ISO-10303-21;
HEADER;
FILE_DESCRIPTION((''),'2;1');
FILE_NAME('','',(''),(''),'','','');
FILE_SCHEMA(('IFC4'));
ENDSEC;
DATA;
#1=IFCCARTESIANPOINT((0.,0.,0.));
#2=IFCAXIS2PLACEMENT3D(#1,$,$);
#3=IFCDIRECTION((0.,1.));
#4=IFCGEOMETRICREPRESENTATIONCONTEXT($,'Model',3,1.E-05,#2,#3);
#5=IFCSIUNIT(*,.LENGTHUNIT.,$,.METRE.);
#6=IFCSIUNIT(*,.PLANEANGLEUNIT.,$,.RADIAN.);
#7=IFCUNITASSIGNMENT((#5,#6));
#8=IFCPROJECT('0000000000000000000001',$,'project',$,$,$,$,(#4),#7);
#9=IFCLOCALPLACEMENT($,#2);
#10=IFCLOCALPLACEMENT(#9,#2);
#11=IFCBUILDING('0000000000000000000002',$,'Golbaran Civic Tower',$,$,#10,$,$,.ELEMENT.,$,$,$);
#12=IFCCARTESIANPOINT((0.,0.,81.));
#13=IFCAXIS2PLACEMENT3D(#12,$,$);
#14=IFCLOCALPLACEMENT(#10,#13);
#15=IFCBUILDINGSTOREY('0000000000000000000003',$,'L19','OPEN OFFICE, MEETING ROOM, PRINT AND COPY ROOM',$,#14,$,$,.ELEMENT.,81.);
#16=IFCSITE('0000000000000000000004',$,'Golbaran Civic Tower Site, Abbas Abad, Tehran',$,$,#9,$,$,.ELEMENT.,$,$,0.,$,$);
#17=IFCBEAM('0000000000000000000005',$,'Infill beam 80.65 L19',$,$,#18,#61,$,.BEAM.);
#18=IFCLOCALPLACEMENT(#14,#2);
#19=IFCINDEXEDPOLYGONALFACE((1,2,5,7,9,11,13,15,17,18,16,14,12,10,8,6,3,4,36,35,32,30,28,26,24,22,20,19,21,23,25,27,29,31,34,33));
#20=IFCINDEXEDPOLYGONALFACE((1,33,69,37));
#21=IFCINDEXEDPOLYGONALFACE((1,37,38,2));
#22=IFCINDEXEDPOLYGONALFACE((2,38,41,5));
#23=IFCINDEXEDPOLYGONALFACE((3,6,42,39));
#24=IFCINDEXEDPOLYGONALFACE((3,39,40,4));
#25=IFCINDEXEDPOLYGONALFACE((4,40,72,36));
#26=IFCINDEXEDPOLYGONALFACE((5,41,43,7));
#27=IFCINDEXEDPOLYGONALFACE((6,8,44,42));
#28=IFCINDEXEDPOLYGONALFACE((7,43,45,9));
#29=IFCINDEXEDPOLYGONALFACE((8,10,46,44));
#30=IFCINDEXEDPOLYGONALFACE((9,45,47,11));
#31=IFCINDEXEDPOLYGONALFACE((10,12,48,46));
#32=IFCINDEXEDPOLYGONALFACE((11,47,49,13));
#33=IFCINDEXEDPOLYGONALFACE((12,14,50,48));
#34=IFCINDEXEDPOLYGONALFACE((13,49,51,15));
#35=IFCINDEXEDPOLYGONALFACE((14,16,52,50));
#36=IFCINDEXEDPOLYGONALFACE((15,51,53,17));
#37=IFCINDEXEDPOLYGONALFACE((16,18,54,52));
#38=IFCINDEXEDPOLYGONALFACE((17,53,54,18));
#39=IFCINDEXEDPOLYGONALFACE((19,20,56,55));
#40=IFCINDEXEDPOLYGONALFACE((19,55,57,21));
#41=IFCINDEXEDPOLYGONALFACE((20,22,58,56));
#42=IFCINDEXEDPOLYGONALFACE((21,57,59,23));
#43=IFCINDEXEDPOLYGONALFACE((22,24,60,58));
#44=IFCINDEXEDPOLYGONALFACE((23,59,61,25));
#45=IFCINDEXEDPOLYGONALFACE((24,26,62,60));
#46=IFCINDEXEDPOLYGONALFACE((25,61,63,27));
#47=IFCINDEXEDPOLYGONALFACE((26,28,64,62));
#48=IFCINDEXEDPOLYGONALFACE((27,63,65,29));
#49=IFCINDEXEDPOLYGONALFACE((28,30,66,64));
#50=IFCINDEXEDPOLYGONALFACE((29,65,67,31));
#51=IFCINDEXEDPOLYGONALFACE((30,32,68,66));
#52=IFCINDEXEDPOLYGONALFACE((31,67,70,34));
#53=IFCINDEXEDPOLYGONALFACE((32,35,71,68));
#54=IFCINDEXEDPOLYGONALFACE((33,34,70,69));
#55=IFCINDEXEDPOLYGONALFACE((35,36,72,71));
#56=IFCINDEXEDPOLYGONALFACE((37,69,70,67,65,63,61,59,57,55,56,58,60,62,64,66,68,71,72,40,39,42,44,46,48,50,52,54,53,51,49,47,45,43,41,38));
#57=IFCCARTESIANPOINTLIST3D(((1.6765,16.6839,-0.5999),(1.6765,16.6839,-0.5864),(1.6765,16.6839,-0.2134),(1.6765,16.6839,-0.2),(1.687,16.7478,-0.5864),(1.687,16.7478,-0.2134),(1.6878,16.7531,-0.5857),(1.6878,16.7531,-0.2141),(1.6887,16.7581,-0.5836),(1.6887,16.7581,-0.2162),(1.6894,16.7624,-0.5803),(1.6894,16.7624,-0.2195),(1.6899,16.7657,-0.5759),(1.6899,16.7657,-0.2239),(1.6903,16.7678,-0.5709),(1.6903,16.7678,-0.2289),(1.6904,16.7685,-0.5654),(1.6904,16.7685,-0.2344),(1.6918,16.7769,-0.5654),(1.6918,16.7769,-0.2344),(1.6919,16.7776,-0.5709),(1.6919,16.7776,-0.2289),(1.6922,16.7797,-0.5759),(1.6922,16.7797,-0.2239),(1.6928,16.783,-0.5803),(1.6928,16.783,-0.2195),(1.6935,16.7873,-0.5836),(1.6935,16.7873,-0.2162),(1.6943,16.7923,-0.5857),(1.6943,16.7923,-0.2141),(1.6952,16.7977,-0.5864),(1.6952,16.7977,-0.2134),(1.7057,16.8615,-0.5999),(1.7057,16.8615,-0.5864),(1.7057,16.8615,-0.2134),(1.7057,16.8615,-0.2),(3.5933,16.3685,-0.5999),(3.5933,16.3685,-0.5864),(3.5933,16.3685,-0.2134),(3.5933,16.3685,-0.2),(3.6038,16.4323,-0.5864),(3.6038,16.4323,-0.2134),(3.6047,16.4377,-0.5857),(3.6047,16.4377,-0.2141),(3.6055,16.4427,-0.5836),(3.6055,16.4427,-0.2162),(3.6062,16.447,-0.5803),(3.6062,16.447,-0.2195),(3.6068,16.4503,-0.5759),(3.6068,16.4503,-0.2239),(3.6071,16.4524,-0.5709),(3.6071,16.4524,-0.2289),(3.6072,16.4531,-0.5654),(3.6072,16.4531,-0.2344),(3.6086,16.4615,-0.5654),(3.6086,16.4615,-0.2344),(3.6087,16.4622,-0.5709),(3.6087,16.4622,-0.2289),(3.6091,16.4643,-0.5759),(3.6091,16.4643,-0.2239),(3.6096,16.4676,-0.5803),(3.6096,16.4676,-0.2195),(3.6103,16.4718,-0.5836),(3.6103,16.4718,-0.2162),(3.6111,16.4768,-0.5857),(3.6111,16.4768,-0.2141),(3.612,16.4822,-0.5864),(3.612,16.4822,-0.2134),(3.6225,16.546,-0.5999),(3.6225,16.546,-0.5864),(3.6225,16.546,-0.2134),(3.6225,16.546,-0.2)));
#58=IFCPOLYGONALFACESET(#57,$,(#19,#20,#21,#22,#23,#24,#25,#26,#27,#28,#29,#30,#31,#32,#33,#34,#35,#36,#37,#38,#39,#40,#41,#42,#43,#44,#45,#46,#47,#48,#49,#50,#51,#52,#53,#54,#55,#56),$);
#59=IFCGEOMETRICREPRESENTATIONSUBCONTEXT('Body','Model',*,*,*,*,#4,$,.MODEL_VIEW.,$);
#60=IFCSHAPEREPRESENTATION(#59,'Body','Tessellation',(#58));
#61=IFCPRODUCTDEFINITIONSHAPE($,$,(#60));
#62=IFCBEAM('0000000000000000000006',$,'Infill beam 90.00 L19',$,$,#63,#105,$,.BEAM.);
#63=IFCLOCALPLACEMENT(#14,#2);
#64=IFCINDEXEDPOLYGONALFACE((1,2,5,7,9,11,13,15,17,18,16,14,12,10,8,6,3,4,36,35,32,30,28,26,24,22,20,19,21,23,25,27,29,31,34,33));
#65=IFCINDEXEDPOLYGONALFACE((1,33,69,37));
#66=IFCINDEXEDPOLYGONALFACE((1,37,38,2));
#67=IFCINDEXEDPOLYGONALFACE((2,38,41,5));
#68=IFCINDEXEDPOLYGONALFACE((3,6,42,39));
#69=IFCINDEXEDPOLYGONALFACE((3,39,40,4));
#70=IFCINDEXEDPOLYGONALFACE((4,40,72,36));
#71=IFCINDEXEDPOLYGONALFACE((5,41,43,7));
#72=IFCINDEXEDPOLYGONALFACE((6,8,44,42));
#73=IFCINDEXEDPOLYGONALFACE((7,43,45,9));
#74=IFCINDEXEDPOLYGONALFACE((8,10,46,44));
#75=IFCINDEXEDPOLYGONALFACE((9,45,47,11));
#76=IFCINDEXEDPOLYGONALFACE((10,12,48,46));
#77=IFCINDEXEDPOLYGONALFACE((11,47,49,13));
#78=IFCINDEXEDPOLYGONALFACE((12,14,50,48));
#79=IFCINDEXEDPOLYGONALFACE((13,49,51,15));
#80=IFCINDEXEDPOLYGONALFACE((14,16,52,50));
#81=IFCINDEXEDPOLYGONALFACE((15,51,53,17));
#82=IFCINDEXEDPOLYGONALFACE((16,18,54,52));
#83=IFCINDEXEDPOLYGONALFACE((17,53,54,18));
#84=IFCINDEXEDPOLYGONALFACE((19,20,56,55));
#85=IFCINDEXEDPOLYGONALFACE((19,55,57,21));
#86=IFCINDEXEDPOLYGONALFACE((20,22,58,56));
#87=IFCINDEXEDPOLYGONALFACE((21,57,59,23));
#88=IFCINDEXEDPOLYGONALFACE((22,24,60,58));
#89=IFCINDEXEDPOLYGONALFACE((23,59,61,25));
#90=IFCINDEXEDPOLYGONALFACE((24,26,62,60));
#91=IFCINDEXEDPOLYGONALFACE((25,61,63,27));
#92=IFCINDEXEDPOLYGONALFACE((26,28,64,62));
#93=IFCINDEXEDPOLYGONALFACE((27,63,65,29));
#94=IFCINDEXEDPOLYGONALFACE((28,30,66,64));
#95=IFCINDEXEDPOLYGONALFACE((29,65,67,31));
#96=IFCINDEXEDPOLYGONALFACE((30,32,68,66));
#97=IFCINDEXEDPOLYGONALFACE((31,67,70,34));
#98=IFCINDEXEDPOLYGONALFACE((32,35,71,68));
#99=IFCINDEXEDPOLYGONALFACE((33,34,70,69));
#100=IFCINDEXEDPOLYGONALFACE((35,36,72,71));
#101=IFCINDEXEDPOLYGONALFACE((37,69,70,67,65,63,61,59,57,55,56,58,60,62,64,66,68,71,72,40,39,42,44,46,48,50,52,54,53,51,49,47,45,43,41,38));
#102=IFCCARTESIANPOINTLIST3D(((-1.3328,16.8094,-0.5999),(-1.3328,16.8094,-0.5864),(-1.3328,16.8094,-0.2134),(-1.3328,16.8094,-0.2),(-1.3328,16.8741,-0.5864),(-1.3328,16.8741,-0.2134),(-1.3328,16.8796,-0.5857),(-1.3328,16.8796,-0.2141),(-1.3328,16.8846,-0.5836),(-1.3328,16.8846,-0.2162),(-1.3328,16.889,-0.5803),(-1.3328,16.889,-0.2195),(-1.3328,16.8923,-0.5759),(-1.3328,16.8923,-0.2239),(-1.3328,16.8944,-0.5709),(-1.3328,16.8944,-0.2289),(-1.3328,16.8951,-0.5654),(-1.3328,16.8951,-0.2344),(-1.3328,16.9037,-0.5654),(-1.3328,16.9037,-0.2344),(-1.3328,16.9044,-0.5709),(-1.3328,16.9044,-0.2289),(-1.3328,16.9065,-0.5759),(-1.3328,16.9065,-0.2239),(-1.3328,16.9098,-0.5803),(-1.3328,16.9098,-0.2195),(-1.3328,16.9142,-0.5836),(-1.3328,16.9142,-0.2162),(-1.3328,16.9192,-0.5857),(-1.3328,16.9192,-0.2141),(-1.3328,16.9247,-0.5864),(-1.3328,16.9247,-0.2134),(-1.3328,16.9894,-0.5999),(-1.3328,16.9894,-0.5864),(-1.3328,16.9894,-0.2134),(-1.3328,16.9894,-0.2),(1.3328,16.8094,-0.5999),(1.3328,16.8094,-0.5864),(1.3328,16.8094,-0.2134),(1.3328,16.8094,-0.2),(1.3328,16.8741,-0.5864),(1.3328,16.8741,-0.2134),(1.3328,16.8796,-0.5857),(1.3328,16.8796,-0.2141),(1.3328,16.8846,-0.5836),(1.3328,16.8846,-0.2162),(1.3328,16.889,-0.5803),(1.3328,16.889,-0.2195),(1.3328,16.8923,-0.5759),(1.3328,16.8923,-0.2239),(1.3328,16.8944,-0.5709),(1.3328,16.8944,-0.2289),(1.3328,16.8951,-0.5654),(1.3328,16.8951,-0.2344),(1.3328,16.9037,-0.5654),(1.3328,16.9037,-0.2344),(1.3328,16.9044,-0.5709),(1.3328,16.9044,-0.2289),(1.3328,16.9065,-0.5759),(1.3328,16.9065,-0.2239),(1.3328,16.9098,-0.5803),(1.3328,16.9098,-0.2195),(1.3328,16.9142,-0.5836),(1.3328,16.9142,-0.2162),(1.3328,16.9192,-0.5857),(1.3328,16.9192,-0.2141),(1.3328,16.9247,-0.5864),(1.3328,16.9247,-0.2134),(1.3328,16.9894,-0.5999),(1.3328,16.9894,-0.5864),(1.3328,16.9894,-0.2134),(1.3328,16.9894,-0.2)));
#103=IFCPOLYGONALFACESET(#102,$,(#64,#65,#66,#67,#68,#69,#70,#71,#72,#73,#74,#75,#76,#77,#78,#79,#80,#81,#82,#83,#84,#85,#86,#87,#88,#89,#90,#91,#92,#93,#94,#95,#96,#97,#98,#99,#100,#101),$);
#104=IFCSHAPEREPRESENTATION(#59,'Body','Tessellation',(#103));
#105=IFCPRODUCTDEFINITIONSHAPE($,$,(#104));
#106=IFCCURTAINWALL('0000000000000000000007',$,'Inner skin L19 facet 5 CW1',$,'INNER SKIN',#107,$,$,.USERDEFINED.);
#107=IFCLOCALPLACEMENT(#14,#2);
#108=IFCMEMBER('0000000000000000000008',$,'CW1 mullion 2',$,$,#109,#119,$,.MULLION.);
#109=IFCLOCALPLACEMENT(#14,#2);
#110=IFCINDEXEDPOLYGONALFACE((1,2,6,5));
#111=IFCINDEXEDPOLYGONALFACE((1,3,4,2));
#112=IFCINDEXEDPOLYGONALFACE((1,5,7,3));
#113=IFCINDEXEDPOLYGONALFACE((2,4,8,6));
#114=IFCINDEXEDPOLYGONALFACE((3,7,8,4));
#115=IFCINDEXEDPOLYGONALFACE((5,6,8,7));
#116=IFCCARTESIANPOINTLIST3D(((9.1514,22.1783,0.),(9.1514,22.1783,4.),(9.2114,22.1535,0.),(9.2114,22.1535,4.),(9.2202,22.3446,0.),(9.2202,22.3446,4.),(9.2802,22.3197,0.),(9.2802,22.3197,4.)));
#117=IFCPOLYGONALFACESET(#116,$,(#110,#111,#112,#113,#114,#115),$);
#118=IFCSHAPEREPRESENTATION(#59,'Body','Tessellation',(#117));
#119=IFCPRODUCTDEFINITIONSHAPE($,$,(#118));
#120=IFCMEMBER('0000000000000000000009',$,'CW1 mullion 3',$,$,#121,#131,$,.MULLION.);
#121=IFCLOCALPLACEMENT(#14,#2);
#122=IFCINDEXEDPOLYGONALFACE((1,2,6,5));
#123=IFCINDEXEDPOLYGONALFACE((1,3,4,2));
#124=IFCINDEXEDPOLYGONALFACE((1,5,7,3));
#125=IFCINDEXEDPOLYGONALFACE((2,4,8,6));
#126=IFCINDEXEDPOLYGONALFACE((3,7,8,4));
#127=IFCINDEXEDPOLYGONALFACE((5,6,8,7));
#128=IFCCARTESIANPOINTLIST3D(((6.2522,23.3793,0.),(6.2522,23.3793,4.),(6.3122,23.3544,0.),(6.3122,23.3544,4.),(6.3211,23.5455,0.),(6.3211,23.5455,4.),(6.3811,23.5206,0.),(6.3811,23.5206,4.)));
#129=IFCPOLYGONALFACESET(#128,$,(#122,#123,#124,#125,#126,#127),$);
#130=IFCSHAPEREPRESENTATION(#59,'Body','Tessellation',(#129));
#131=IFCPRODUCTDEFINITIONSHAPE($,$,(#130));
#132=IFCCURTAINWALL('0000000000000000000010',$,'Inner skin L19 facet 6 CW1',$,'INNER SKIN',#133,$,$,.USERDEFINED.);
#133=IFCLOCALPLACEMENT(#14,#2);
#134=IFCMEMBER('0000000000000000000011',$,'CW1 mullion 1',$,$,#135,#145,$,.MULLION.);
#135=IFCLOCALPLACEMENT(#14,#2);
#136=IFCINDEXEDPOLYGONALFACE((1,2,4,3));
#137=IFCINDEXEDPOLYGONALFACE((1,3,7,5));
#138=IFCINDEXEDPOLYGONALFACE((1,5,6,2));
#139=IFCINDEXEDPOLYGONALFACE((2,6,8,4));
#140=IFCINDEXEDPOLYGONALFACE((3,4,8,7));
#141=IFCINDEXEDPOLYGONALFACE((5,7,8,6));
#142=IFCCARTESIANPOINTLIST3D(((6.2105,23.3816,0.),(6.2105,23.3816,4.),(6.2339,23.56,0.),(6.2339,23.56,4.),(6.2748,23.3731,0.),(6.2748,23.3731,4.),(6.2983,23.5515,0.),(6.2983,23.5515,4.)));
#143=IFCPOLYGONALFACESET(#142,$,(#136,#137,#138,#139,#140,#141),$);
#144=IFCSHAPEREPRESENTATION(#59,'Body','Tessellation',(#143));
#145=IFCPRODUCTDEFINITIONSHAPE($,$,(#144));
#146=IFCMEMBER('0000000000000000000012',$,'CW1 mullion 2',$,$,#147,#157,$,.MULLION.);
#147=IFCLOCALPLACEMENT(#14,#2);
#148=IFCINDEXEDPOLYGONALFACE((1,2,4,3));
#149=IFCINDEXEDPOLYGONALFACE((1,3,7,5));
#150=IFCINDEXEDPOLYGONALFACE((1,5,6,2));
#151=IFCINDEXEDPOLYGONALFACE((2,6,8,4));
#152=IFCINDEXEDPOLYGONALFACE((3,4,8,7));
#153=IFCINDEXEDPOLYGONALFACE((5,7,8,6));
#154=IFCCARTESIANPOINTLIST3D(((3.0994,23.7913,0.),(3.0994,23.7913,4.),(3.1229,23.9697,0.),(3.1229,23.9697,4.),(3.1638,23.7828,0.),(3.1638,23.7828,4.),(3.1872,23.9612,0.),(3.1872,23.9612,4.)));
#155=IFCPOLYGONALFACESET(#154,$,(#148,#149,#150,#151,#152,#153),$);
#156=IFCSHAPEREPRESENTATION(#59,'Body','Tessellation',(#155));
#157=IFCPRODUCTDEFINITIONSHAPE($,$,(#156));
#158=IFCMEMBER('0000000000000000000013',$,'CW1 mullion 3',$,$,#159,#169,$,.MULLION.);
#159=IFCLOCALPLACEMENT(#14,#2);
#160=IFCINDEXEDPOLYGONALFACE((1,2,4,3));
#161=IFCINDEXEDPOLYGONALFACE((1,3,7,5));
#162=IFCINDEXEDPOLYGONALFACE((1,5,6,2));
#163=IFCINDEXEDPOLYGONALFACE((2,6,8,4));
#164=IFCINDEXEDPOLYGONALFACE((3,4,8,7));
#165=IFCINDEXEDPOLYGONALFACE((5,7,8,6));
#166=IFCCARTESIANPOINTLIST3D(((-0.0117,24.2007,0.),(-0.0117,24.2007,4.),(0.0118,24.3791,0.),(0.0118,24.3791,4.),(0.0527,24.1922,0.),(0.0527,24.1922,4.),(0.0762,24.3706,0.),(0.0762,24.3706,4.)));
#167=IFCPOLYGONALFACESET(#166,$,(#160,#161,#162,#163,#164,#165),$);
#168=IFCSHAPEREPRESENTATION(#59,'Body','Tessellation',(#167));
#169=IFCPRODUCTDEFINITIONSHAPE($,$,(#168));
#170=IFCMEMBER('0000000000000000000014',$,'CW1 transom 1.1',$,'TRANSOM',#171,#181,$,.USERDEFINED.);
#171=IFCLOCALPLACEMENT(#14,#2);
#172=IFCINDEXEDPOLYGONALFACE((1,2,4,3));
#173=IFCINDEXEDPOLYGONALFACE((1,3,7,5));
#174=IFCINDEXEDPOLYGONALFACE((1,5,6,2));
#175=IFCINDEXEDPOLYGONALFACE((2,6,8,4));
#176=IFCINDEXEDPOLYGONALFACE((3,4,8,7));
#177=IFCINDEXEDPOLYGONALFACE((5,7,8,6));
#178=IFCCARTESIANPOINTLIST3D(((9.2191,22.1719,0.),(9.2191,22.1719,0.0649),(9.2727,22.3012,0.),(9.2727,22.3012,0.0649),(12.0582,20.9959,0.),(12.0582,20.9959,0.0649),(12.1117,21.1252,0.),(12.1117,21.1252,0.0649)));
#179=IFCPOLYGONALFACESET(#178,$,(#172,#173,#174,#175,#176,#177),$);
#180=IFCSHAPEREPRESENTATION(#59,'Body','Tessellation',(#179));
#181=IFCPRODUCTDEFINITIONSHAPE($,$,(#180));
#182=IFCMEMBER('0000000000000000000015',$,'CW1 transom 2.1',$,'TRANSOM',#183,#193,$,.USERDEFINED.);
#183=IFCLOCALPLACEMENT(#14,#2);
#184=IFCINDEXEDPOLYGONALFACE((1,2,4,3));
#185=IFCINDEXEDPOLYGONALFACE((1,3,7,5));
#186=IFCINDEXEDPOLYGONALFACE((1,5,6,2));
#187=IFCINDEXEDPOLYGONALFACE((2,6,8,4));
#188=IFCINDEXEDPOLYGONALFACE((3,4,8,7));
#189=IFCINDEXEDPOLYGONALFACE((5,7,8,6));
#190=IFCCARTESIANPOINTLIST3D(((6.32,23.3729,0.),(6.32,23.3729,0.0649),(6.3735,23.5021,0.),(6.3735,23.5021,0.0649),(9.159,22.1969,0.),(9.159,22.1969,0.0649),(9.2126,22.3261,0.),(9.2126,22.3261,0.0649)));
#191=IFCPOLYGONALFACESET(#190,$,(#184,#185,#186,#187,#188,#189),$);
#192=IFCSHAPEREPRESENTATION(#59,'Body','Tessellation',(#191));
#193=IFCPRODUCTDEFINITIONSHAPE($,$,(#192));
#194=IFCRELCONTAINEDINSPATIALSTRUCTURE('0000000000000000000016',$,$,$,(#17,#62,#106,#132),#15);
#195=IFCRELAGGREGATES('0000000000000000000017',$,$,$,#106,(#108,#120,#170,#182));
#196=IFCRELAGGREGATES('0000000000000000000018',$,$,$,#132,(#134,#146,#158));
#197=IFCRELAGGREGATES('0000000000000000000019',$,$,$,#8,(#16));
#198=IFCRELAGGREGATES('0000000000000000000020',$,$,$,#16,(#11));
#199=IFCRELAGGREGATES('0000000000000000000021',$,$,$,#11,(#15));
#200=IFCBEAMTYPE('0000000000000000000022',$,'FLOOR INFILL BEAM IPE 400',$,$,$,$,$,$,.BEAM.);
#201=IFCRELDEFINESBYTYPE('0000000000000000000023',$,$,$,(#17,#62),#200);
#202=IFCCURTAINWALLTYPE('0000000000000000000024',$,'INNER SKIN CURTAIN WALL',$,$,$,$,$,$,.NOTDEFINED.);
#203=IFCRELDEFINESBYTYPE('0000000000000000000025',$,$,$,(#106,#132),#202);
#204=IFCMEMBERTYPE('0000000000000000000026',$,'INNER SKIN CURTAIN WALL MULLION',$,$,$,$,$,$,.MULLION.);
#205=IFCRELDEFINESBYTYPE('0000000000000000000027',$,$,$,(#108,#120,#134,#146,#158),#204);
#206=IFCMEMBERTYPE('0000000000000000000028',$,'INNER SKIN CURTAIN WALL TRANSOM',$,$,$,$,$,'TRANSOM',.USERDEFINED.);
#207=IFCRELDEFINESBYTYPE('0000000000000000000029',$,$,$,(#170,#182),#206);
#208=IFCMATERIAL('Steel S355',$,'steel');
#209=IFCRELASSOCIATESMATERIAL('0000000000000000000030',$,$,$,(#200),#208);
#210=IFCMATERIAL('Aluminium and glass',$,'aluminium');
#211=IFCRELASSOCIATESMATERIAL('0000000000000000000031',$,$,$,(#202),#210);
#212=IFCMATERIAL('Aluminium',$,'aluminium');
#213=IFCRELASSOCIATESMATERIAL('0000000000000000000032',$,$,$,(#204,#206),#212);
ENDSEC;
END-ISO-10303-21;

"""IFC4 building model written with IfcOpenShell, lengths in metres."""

from ifc_helpers import new_model, si_unit, direction, frame, origin, origin_2d, place, context, subcontext, project, spatial, rectangle, i_section, extrude, material, material_profile, profile_set, type_object, element, aggregate, save


model = new_model("IFC4")

# Units and contexts
model_context = context("Model", 3, precision=1e-05, world=origin(), true_north=direction((0.0, 1.0)))
body_context = subcontext(model_context, "Body", "Model", "MODEL_VIEW")
ifc_project = project(units=[si_unit("LENGTHUNIT", "METRE"), si_unit("PLANEANGLEUNIT", "RADIAN")], contexts=[model_context])

# Site, building, storey
site_placement = place(None, origin())
site = spatial("IfcSite", under=ifc_project, at=site_placement, Name="Golbaran Civic Tower Site, Abbas Abad, Tehran", CompositionType="ELEMENT", RefElevation=0.0)
building_placement = place(site_placement, origin())
building = spatial("IfcBuilding", under=site, at=building_placement, Name="Golbaran Civic Tower", CompositionType="ELEMENT")
storey_placement = place(building_placement, frame((0.0, 0.0, 81.0)))
storey = spatial("IfcBuildingStorey", under=building, at=storey_placement, Name="L19", Description="OPEN OFFICE, MEETING ROOM, PRINT AND COPY ROOM", CompositionType="ELEMENT", Elevation=81.0)

# Beams
ifc_material_1 = material(Name="Steel S355", Category="steel")
ifc_material_profile_1 = material_profile(ifc_material_1, i_section(OverallWidth=0.1799, OverallDepth=0.3999, WebThickness=0.0085, FlangeThickness=0.0134, FilletRadius=0.021, at=origin_2d()), Name="IPE 400")
ifc_profile_set_1 = profile_set([ifc_material_profile_1], Name="Steel S355")
beam_type_1 = type_object("IfcBeamType", Name="FLOOR INFILL BEAM IPE 400", PredefinedType="BEAM", material=ifc_profile_set_1)
beam_1_placement = place(storey_placement, frame((3.6079, 16.4573, -0.3999), z_axis=(-0.986728, 0.162381, 0.0), x_axis=(-0.162381, -0.986728, 0.0)))
element("IfcBeam", 1, at=beam_1_placement, inside=storey, type_object=beam_type_1, Name="Infill beam 80.65 L19", PredefinedType="BEAM", context=body_context, shape_type="SweptSolid", body=[
    extrude(i_section(OverallWidth=0.1799, OverallDepth=0.3999, WebThickness=0.0085, FlangeThickness=0.0134, FilletRadius=0.021, at=origin_2d()), origin(), (0.0, 0.0, 1.0), 1.9426),
])
beam_2_placement = place(storey_placement, frame((1.3328, 16.8994, -0.3999), z_axis=(-1.0, 0.0, 0.0), x_axis=(0.0, -1.0, 0.0)))
element("IfcBeam", 2, at=beam_2_placement, inside=storey, type_object=beam_type_1, Name="Infill beam 90.00 L19", PredefinedType="BEAM", context=body_context, shape_type="SweptSolid", body=[
    extrude(i_section(OverallWidth=0.1799, OverallDepth=0.3999, WebThickness=0.0085, FlangeThickness=0.0134, FilletRadius=0.021, at=origin_2d()), origin(), (0.0, 0.0, 1.0), 2.6655),
])

# Curtain walls, members
ifc_material_2 = material(Name="Aluminium and glass", Category="aluminium")
curtain_wall_type = type_object("IfcCurtainWallType", Name="INNER SKIN CURTAIN WALL", PredefinedType="NOTDEFINED", material=ifc_material_2)
curtain_wall_1_placement = place(storey_placement, origin())
curtain_wall_1 = element("IfcCurtainWall", 3, at=curtain_wall_1_placement, inside=storey, type_object=curtain_wall_type, Name="Inner skin L19 facet 5 CW1", ObjectType="INNER SKIN", PredefinedType="USERDEFINED")
ifc_material_3 = material(Name="Aluminium", Category="aluminium")
ifc_material_profile_2 = material_profile(ifc_material_3, rectangle(XDim=0.1799, YDim=0.0649, at=origin_2d()), Name="INNER SKIN CURTAIN WALL MULLION")
ifc_profile_set_2 = profile_set([ifc_material_profile_2], Name="Aluminium")
member_type_1 = type_object("IfcMemberType", Name="INNER SKIN CURTAIN WALL MULLION", PredefinedType="MULLION", material=ifc_profile_set_2)
member_1_placement = place(storey_placement, frame((9.2158, 22.249, 0.0), z_axis=(0.0, 0.0, 1.0), x_axis=(-0.382683, -0.92388, 0.0)))
member_1 = element("IfcMember", 4, at=member_1_placement, type_object=member_type_1, Name="CW1 mullion 2", PredefinedType="MULLION", context=body_context, shape_type="SweptSolid", body=[
    extrude(rectangle(XDim=0.1799, YDim=0.0649, at=origin_2d()), origin(), (0.0, 0.0, 1.0), 4.0),
])
member_2_placement = place(storey_placement, frame((6.3167, 23.45, 0.0), z_axis=(0.0, 0.0, 1.0), x_axis=(-0.382683, -0.92388, 0.0)))
member_2 = element("IfcMember", 5, at=member_2_placement, type_object=member_type_1, Name="CW1 mullion 3", PredefinedType="MULLION", context=body_context, shape_type="SweptSolid", body=[
    extrude(rectangle(XDim=0.1799, YDim=0.0649, at=origin_2d()), origin(), (0.0, 0.0, 1.0), 4.0),
])
curtain_wall_2_placement = place(storey_placement, origin())
curtain_wall_2 = element("IfcCurtainWall", 6, at=curtain_wall_2_placement, inside=storey, type_object=curtain_wall_type, Name="Inner skin L19 facet 6 CW1", ObjectType="INNER SKIN", PredefinedType="USERDEFINED")
member_3_placement = place(storey_placement, frame((6.2544, 23.4666, 0.0), z_axis=(0.0, 0.0, 1.0), x_axis=(-0.130526, -0.991445, 0.0)))
member_3 = element("IfcMember", 7, at=member_3_placement, type_object=member_type_1, Name="CW1 mullion 1", PredefinedType="MULLION", context=body_context, shape_type="SweptSolid", body=[
    extrude(rectangle(XDim=0.1799, YDim=0.0649, at=origin_2d()), origin(), (0.0, 0.0, 1.0), 4.0),
])
member_4_placement = place(storey_placement, frame((3.1433, 23.8762, 0.0), z_axis=(0.0, 0.0, 1.0), x_axis=(-0.130526, -0.991445, 0.0)))
member_4 = element("IfcMember", 8, at=member_4_placement, type_object=member_type_1, Name="CW1 mullion 2", PredefinedType="MULLION", context=body_context, shape_type="SweptSolid", body=[
    extrude(rectangle(XDim=0.1799, YDim=0.0649, at=origin_2d()), origin(), (0.0, 0.0, 1.0), 4.0),
])
member_5_placement = place(storey_placement, frame((0.0322, 24.2856, 0.0), z_axis=(0.0, 0.0, 1.0), x_axis=(-0.130526, -0.991445, 0.0)))
member_5 = element("IfcMember", 9, at=member_5_placement, type_object=member_type_1, Name="CW1 mullion 3", PredefinedType="MULLION", context=body_context, shape_type="SweptSolid", body=[
    extrude(rectangle(XDim=0.1799, YDim=0.0649, at=origin_2d()), origin(), (0.0, 0.0, 1.0), 4.0),
])

# Members
ifc_material_profile_3 = material_profile(ifc_material_3, rectangle(XDim=0.1399, YDim=0.0649, at=origin_2d()), Name="INNER SKIN CURTAIN WALL TRANSOM")
ifc_profile_set_3 = profile_set([ifc_material_profile_3], Name="Aluminium")
member_type_2 = type_object("IfcMemberType", Name="INNER SKIN CURTAIN WALL TRANSOM", ElementType="TRANSOM", PredefinedType="USERDEFINED", material=ifc_profile_set_3)
member_6_placement = place(storey_placement, frame((12.085, 21.0605, 0.0325), z_axis=(-0.923876, 0.382691, 0.0), x_axis=(-0.382691, -0.923876, 0.0)))
member_6 = element("IfcMember", 10, at=member_6_placement, type_object=member_type_2, Name="CW1 transom 1.1", ObjectType="TRANSOM", PredefinedType="USERDEFINED", context=body_context, shape_type="SweptSolid", body=[
    extrude(rectangle(XDim=0.1399, YDim=0.0649, at=origin_2d()), origin(), (0.0, 0.0, 1.0), 3.073),
])
member_7_placement = place(storey_placement, frame((9.1858, 22.2615, 0.0325), z_axis=(-0.923876, 0.382691, 0.0), x_axis=(-0.382691, -0.923876, 0.0)))
member_7 = element("IfcMember", 11, at=member_7_placement, type_object=member_type_2, Name="CW1 transom 2.1", ObjectType="TRANSOM", PredefinedType="USERDEFINED", context=body_context, shape_type="SweptSolid", body=[
    extrude(rectangle(XDim=0.1399, YDim=0.0649, at=origin_2d()), origin(), (0.0, 0.0, 1.0), 3.073),
])

aggregate(curtain_wall_1, [member_1, member_2, member_6, member_7])
aggregate(curtain_wall_2, [member_3, member_4, member_5])

save(model, "model.ifc")
